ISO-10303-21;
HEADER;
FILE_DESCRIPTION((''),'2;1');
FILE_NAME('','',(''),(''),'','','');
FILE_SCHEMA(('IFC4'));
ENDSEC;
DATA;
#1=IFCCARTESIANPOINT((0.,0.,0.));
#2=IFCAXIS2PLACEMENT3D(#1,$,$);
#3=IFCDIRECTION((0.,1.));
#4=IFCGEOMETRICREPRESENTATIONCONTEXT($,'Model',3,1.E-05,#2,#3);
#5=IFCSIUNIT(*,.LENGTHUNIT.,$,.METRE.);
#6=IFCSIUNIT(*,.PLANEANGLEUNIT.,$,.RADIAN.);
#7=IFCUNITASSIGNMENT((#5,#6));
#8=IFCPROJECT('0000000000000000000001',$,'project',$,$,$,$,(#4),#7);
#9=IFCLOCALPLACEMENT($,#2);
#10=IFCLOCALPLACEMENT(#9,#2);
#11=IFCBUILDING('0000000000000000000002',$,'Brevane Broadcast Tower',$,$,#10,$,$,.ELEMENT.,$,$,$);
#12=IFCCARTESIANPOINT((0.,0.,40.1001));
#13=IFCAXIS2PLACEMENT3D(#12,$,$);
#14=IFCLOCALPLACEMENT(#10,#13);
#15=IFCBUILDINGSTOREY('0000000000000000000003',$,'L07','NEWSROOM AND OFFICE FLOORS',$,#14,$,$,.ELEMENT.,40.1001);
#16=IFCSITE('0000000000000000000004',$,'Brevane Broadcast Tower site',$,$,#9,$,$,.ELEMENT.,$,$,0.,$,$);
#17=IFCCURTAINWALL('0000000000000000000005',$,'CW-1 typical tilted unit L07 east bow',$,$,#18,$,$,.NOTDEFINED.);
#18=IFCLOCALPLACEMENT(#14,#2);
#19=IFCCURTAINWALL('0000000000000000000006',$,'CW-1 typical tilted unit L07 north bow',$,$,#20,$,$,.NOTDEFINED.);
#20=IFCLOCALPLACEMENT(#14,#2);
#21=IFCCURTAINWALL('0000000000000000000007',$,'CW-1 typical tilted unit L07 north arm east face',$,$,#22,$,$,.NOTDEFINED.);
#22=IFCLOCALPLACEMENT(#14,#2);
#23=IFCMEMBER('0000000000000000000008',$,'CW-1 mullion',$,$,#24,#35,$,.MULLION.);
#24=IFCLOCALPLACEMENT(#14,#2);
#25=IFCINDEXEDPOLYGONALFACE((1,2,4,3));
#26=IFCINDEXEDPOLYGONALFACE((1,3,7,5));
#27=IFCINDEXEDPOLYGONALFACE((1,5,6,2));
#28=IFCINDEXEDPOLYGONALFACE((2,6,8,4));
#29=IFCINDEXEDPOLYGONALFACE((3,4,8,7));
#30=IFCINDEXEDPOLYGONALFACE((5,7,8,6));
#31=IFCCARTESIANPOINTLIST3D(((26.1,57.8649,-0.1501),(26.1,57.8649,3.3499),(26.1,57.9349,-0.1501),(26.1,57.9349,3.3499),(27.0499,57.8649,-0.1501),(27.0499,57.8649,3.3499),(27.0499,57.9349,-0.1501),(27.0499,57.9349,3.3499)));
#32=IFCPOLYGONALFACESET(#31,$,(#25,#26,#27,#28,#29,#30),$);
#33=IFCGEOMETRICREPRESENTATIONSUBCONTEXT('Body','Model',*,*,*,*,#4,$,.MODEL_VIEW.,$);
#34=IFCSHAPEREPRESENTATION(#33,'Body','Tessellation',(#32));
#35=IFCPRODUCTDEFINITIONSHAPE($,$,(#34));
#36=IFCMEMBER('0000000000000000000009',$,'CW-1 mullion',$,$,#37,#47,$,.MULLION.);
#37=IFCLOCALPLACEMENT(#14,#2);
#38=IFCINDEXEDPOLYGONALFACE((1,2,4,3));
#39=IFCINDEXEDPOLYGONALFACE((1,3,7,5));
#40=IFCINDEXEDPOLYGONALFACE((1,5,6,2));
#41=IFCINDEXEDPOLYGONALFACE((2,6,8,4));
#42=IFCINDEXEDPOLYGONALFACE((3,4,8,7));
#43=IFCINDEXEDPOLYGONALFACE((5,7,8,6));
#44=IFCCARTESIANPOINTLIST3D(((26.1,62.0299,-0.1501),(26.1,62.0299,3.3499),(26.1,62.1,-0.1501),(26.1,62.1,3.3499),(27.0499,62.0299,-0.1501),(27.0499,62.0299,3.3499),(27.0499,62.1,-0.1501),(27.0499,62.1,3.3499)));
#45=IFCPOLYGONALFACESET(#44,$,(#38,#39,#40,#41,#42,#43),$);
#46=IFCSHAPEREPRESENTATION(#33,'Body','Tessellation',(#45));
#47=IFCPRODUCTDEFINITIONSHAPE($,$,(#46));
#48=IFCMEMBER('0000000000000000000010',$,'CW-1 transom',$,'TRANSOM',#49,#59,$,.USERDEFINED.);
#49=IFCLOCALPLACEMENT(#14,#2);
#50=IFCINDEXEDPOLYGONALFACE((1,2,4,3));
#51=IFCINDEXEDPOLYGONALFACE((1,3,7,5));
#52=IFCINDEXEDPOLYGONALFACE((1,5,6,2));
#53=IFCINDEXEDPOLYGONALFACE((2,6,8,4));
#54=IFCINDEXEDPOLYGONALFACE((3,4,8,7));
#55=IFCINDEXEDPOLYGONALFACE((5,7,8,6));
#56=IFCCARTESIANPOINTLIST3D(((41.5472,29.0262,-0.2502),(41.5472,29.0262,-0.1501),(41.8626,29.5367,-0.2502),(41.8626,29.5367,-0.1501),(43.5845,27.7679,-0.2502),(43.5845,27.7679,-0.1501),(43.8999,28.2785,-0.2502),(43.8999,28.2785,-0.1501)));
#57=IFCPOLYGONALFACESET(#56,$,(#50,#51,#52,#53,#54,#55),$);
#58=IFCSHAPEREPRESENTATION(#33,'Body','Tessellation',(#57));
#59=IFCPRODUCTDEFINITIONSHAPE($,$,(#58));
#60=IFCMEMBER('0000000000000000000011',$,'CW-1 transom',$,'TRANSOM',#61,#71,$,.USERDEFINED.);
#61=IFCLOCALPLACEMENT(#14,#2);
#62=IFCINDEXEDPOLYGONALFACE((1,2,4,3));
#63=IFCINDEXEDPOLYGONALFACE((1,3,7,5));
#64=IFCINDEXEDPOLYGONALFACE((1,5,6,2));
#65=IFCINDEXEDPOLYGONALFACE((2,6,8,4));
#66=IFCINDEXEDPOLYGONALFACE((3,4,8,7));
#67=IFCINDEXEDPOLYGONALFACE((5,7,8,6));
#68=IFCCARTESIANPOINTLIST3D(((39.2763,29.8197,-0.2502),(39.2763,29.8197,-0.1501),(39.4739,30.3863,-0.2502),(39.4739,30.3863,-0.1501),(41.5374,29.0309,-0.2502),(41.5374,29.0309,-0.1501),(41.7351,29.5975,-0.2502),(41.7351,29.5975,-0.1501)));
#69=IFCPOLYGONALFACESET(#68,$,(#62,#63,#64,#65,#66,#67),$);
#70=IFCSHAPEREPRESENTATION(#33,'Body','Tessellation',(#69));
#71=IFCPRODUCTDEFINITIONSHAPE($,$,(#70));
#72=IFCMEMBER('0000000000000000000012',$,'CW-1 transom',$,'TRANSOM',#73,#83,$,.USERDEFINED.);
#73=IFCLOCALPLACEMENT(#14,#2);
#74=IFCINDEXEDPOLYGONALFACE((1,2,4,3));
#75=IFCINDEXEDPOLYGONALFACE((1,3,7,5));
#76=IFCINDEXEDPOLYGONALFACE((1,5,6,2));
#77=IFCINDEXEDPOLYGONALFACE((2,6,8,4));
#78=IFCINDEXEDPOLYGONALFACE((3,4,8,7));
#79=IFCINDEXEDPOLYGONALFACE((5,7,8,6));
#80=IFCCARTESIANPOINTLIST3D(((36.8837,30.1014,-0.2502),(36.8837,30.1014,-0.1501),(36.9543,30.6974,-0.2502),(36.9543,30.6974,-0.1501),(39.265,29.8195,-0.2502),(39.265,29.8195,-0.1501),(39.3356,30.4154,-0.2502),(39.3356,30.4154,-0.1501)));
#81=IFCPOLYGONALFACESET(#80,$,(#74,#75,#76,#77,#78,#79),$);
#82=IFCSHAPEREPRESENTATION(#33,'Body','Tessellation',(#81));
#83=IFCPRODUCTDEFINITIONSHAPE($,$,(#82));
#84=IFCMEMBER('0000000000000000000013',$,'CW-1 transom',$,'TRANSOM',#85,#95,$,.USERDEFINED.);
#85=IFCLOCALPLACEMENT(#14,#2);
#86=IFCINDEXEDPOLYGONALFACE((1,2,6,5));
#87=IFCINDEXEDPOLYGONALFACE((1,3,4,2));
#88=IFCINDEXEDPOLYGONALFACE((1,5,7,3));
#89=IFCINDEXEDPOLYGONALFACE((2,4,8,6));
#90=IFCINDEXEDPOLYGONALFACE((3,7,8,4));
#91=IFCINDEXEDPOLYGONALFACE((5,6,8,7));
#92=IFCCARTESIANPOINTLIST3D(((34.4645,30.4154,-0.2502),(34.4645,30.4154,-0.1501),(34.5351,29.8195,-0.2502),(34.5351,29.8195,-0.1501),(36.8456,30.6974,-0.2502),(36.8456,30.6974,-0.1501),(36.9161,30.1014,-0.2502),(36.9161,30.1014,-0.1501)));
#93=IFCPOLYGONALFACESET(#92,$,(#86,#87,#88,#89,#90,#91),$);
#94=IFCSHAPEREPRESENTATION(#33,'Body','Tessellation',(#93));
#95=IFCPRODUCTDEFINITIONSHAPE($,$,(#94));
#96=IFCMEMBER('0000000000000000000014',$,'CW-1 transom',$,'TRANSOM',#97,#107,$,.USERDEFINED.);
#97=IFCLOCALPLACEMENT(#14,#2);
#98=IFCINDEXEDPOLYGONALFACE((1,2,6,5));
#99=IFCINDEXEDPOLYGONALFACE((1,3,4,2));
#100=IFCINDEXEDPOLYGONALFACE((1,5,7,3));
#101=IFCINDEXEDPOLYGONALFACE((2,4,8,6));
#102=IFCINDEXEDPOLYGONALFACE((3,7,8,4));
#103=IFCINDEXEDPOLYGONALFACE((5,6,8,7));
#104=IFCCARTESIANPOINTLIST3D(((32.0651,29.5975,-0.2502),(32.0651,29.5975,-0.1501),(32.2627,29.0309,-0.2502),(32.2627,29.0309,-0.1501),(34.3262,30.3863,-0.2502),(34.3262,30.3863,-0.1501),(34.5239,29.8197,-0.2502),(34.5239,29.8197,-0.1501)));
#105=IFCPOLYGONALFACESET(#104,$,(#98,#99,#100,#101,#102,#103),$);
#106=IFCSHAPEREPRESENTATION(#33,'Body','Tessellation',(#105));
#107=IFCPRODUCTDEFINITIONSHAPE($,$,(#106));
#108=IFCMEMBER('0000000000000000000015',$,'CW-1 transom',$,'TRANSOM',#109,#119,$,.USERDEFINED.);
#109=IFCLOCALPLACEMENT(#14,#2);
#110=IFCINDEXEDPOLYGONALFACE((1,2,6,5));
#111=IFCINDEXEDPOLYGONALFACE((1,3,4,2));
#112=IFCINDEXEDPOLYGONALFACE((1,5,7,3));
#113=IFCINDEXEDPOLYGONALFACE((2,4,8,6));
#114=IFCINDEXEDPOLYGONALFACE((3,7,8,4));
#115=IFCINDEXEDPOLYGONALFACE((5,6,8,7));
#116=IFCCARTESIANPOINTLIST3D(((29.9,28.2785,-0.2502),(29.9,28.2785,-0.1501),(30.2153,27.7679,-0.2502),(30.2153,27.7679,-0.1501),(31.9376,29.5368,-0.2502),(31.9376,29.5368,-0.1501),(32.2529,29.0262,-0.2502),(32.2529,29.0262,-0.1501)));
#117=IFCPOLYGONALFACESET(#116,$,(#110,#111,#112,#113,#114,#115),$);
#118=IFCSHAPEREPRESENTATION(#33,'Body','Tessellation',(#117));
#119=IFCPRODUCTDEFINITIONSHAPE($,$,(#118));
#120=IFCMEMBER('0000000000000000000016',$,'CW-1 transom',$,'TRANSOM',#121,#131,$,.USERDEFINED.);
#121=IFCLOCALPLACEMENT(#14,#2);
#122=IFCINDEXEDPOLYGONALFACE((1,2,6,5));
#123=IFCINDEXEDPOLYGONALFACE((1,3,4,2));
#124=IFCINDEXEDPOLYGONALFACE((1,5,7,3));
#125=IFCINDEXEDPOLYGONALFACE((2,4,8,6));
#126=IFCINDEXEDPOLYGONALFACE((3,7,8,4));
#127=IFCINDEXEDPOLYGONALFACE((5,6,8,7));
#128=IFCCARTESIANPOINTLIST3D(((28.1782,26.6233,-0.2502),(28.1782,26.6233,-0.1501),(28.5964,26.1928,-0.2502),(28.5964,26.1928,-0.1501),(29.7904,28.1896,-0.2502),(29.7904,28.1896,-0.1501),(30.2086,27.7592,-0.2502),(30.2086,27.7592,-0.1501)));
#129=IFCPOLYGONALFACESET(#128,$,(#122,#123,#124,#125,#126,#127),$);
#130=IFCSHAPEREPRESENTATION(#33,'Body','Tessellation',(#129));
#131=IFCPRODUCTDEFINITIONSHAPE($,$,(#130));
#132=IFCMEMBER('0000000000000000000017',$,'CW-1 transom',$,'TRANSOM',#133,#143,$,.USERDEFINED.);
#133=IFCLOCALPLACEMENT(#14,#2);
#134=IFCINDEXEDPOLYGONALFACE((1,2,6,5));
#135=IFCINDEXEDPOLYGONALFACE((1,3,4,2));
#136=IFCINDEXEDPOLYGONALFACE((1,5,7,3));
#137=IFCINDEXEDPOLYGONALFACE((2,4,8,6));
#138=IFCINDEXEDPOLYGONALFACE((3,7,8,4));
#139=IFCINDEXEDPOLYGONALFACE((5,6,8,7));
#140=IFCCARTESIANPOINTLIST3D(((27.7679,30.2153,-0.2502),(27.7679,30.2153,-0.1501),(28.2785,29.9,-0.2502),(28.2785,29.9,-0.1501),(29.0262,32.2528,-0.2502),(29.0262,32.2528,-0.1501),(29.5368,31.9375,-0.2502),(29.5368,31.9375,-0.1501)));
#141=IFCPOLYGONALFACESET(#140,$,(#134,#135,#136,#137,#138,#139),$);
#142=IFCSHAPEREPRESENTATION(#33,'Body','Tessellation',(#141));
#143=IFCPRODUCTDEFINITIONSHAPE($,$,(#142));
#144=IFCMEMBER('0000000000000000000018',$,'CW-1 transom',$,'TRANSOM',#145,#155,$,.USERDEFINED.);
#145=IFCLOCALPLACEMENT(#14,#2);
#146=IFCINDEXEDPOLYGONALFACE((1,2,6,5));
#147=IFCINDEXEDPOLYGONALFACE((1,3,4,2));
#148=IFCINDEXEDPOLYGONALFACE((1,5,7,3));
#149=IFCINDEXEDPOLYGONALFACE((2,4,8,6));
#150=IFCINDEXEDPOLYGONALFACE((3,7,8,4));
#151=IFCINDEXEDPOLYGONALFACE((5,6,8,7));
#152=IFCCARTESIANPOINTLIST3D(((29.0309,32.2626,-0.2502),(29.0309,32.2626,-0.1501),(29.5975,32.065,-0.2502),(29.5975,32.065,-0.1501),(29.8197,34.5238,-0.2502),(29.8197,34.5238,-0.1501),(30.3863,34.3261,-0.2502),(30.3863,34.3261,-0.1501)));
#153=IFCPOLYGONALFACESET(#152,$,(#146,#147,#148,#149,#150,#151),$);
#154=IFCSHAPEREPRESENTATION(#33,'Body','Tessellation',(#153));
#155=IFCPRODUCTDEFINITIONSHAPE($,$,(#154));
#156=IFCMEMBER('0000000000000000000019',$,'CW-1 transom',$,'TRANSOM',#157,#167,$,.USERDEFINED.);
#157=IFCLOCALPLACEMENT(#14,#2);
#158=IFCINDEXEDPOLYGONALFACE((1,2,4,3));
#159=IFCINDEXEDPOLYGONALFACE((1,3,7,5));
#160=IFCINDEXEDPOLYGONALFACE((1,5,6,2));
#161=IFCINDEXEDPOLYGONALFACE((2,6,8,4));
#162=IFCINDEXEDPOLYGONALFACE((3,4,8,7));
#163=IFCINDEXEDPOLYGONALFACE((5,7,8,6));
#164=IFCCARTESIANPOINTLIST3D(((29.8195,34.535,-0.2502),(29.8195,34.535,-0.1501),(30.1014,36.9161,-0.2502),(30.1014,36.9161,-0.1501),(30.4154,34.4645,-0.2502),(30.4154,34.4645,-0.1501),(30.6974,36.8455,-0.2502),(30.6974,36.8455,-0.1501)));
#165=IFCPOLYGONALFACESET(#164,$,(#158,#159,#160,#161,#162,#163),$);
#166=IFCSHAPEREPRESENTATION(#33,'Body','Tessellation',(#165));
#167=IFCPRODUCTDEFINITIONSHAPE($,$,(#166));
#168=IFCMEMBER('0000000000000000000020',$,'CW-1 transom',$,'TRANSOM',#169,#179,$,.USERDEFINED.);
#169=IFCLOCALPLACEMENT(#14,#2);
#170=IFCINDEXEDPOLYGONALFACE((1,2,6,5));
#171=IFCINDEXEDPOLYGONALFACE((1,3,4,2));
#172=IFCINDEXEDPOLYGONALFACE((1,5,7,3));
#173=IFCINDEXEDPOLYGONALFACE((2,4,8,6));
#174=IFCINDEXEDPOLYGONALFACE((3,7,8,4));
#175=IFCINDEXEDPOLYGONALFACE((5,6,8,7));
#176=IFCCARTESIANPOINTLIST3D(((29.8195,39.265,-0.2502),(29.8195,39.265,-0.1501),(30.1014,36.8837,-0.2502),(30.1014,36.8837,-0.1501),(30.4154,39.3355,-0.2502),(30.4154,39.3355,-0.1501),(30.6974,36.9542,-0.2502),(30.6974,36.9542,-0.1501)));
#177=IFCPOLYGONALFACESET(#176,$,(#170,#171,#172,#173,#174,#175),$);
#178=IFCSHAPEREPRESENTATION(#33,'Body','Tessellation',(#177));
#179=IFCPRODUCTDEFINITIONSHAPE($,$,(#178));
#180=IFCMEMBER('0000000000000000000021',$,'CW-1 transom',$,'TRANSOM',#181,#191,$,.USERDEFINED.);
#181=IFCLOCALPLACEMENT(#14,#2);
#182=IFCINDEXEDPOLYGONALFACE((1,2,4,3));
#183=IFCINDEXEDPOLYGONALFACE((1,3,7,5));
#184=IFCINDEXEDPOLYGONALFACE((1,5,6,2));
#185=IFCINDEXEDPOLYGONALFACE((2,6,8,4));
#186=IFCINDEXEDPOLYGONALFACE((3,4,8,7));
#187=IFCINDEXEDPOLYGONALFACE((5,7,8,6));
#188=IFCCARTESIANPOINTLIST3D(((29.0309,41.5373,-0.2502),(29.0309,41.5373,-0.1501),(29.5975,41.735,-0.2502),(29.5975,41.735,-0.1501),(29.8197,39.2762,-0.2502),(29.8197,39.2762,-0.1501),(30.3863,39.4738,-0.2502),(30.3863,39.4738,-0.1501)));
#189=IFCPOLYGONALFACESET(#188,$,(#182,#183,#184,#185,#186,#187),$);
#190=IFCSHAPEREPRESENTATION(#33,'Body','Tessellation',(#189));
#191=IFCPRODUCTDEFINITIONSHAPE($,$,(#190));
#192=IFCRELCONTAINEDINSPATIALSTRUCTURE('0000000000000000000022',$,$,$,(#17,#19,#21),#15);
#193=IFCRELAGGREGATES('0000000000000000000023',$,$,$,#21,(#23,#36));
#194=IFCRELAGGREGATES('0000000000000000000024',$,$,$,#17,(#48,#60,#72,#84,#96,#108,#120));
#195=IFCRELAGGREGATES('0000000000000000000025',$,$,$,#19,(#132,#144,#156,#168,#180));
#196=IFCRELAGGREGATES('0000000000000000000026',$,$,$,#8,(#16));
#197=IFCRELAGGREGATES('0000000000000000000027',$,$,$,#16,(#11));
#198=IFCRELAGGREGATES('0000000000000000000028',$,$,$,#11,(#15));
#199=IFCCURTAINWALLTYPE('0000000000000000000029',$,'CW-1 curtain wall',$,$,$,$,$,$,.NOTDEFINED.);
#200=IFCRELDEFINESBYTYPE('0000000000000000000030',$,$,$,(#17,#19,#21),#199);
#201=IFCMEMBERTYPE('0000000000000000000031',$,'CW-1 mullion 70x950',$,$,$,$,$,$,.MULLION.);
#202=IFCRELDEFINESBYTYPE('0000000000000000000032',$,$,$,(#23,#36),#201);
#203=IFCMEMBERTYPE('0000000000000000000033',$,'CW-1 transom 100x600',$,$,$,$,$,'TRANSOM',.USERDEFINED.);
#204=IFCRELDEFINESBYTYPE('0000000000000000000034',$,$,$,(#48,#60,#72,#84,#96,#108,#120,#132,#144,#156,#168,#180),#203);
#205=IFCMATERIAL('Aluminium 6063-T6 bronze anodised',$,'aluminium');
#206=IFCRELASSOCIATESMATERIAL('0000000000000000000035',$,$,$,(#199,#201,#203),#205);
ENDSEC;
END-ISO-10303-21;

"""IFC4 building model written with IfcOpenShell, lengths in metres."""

from ifc_helpers import new_model, si_unit, direction, frame, origin, origin_2d, place, context, subcontext, project, spatial, rectangle, extrude, material, material_profile, profile_set, type_object, element, aggregate, save


model = new_model("IFC4")

# Units and contexts
model_context = context("Model", 3, precision=1e-05, world=origin(), true_north=direction((0.0, 1.0)))
body_context = subcontext(model_context, "Body", "Model", "MODEL_VIEW")
ifc_project = project(units=[si_unit("LENGTHUNIT", "METRE"), si_unit("PLANEANGLEUNIT", "RADIAN")], contexts=[model_context])

# Site, building, storey
site_placement = place(None, origin())
site = spatial("IfcSite", under=ifc_project, at=site_placement, Name="Brevane Broadcast Tower site", CompositionType="ELEMENT", RefElevation=0.0)
building_placement = place(site_placement, origin())
building = spatial("IfcBuilding", under=site, at=building_placement, Name="Brevane Broadcast Tower", CompositionType="ELEMENT")
storey_placement = place(building_placement, frame((0.0, 0.0, 40.1001)))
storey = spatial("IfcBuildingStorey", under=building, at=storey_placement, Name="L07", Description="NEWSROOM AND OFFICE FLOORS", CompositionType="ELEMENT", Elevation=40.1001)

# Curtain walls, members
ifc_material_1 = material(Name="Aluminium 6063-T6 bronze anodised", Category="aluminium")
curtain_wall_type = type_object("IfcCurtainWallType", Name="CW-1 curtain wall", PredefinedType="NOTDEFINED", material=ifc_material_1)
curtain_wall_1_placement = place(storey_placement, origin())
curtain_wall_1 = element("IfcCurtainWall", 1, at=curtain_wall_1_placement, inside=storey, type_object=curtain_wall_type, Name="CW-1 typical tilted unit L07 east bow", PredefinedType="NOTDEFINED")
ifc_material_profile_1 = material_profile(ifc_material_1, rectangle(XDim=0.95, YDim=0.0701, at=origin_2d()), Name="RECT 70x950")
ifc_profile_set_1 = profile_set([ifc_material_profile_1], Name="Aluminium 6063-T6 bronze anodised")
member_type_1 = type_object("IfcMemberType", Name="CW-1 mullion 70x950", PredefinedType="MULLION", material=ifc_profile_set_1)
curtain_wall_2_placement = place(storey_placement, origin())
curtain_wall_2 = element("IfcCurtainWall", 2, at=curtain_wall_2_placement, inside=storey, type_object=curtain_wall_type, Name="CW-1 typical tilted unit L07 north bow", PredefinedType="NOTDEFINED")
curtain_wall_3_placement = place(storey_placement, origin())
curtain_wall_3 = element("IfcCurtainWall", 3, at=curtain_wall_3_placement, inside=storey, type_object=curtain_wall_type, Name="CW-1 typical tilted unit L07 north arm east face", PredefinedType="NOTDEFINED")
member_1_placement = place(storey_placement, frame((26.575, 57.8999, -0.1501), z_axis=(0.0, 0.0, 1.0), x_axis=(-1.0, 0.0, 0.0)))
member_1 = element("IfcMember", 4, at=member_1_placement, type_object=member_type_1, Name="CW-1 mullion", PredefinedType="MULLION", context=body_context, shape_type="SweptSolid", body=[
    extrude(rectangle(XDim=0.95, YDim=0.0701, at=origin_2d()), origin(), (0.0, 0.0, 1.0), 3.5),
])
member_2_placement = place(storey_placement, frame((26.575, 62.0649, -0.1501), z_axis=(0.0, 0.0, 1.0), x_axis=(-1.0, 0.0, 0.0)))
member_2 = element("IfcMember", 5, at=member_2_placement, type_object=member_type_1, Name="CW-1 mullion", PredefinedType="MULLION", context=body_context, shape_type="SweptSolid", body=[
    extrude(rectangle(XDim=0.95, YDim=0.0701, at=origin_2d()), origin(), (0.0, 0.0, 1.0), 3.5),
])
aggregate(curtain_wall_3, [member_1, member_2])

# Members
ifc_material_profile_2 = material_profile(ifc_material_1, rectangle(XDim=0.6001, YDim=0.1001, at=origin_2d()), Name="RECT 100x600")
ifc_profile_set_2 = profile_set([ifc_material_profile_2], Name="Aluminium 6063-T6 bronze anodised")
member_type_2 = type_object("IfcMemberType", Name="CW-1 transom 100x600", ElementType="TRANSOM", PredefinedType="USERDEFINED", material=ifc_profile_set_2)
member_3_placement = place(storey_placement, frame((43.7422, 28.0232, -0.2002), z_axis=(-0.85081, 0.525473, 0.0), x_axis=(-0.525473, -0.85081, 0.0)))
member_3 = element("IfcMember", 6, at=member_3_placement, type_object=member_type_2, Name="CW-1 transom", ObjectType="TRANSOM", PredefinedType="USERDEFINED", context=body_context, shape_type="SweptSolid", body=[
    extrude(rectangle(XDim=0.6001, YDim=0.1001, at=origin_2d()), origin(), (0.0, 0.0, 1.0), 2.3945),
])
member_4_placement = place(storey_placement, frame((41.6362, 29.3142, -0.2002), z_axis=(-0.944198, 0.329378, 0.0), x_axis=(-0.329378, -0.944198, 0.0)))
member_4 = element("IfcMember", 7, at=member_4_placement, type_object=member_type_2, Name="CW-1 transom", ObjectType="TRANSOM", PredefinedType="USERDEFINED", context=body_context, shape_type="SweptSolid", body=[
    extrude(rectangle(XDim=0.6001, YDim=0.1001, at=origin_2d()), origin(), (0.0, 0.0, 1.0), 2.3948),
])
member_5_placement = place(storey_placement, frame((39.3003, 30.1174, -0.2002), z_axis=(-0.993062, 0.117591, 0.0), x_axis=(-0.117591, -0.993062, 0.0)))
member_5 = element("IfcMember", 8, at=member_5_placement, type_object=member_type_2, Name="CW-1 transom", ObjectType="TRANSOM", PredefinedType="USERDEFINED", context=body_context, shape_type="SweptSolid", body=[
    extrude(rectangle(XDim=0.6001, YDim=0.1001, at=origin_2d()), origin(), (0.0, 0.0, 1.0), 2.3979),
])
member_6_placement = place(storey_placement, frame((36.8809, 30.3994, -0.2002), z_axis=(-0.993061, -0.117603, 0.0), x_axis=(0.117603, -0.993061, 0.0)))
member_6 = element("IfcMember", 9, at=member_6_placement, type_object=member_type_2, Name="CW-1 transom", ObjectType="TRANSOM", PredefinedType="USERDEFINED", context=body_context, shape_type="SweptSolid", body=[
    extrude(rectangle(XDim=0.6001, YDim=0.1001, at=origin_2d()), origin(), (0.0, 0.0, 1.0), 2.3977),
])
member_7_placement = place(storey_placement, frame((34.425, 30.103, -0.2002), z_axis=(-0.944198, -0.329378, 0.0), x_axis=(0.329378, -0.944198, 0.0)))
member_7 = element("IfcMember", 10, at=member_7_placement, type_object=member_type_2, Name="CW-1 transom", ObjectType="TRANSOM", PredefinedType="USERDEFINED", context=body_context, shape_type="SweptSolid", body=[
    extrude(rectangle(XDim=0.6001, YDim=0.1001, at=origin_2d()), origin(), (0.0, 0.0, 1.0), 2.3948),
])
member_8_placement = place(storey_placement, frame((32.0952, 29.2815, -0.2002), z_axis=(-0.850838, -0.525428, 0.0), x_axis=(0.525428, -0.850838, 0.0)))
member_8 = element("IfcMember", 11, at=member_8_placement, type_object=member_type_2, Name="CW-1 transom", ObjectType="TRANSOM", PredefinedType="USERDEFINED", context=body_context, shape_type="SweptSolid", body=[
    extrude(rectangle(XDim=0.6001, YDim=0.1001, at=origin_2d()), origin(), (0.0, 0.0, 1.0), 2.3948),
])
member_9_placement = place(storey_placement, frame((29.9995, 27.9744, -0.2002), z_axis=(-0.717242, -0.696824, 0.0), x_axis=(0.696824, -0.717242, 0.0)))
member_9 = element("IfcMember", 12, at=member_9_placement, type_object=member_type_2, Name="CW-1 transom", ObjectType="TRANSOM", PredefinedType="USERDEFINED", context=body_context, shape_type="SweptSolid", body=[
    extrude(rectangle(XDim=0.6001, YDim=0.1001, at=origin_2d()), origin(), (0.0, 0.0, 1.0), 2.2478),
])
aggregate(curtain_wall_1, [member_3, member_4, member_5, member_6, member_7, member_8, member_9])
member_10_placement = place(storey_placement, frame((28.0232, 30.0576, -0.2002), z_axis=(0.525428, 0.850838, 0.0), x_axis=(-0.850838, 0.525428, 0.0)))
member_10 = element("IfcMember", 13, at=member_10_placement, type_object=member_type_2, Name="CW-1 transom", ObjectType="TRANSOM", PredefinedType="USERDEFINED", context=body_context, shape_type="SweptSolid", body=[
    extrude(rectangle(XDim=0.6001, YDim=0.1001, at=origin_2d()), origin(), (0.0, 0.0, 1.0), 2.3948),
])
member_11_placement = place(storey_placement, frame((29.3142, 32.1638, -0.2002), z_axis=(0.329378, 0.944198, 0.0), x_axis=(-0.944198, 0.329378, 0.0)))
member_11 = element("IfcMember", 14, at=member_11_placement, type_object=member_type_2, Name="CW-1 transom", ObjectType="TRANSOM", PredefinedType="USERDEFINED", context=body_context, shape_type="SweptSolid", body=[
    extrude(rectangle(XDim=0.6001, YDim=0.1001, at=origin_2d()), origin(), (0.0, 0.0, 1.0), 2.3948),
])
member_12_placement = place(storey_placement, frame((30.1174, 34.4998, -0.2002), z_axis=(0.117603, 0.993061, 0.0), x_axis=(-0.993061, 0.117603, 0.0)))
member_12 = element("IfcMember", 15, at=member_12_placement, type_object=member_type_2, Name="CW-1 transom", ObjectType="TRANSOM", PredefinedType="USERDEFINED", context=body_context, shape_type="SweptSolid", body=[
    extrude(rectangle(XDim=0.6001, YDim=0.1001, at=origin_2d()), origin(), (0.0, 0.0, 1.0), 2.3977),
])
member_13_placement = place(storey_placement, frame((30.3994, 36.9189, -0.2002), z_axis=(-0.117591, 0.993062, 0.0), x_axis=(-0.993062, -0.117591, 0.0)))
member_13 = element("IfcMember", 16, at=member_13_placement, type_object=member_type_2, Name="CW-1 transom", ObjectType="TRANSOM", PredefinedType="USERDEFINED", context=body_context, shape_type="SweptSolid", body=[
    extrude(rectangle(XDim=0.6001, YDim=0.1001, at=origin_2d()), origin(), (0.0, 0.0, 1.0), 2.3979),
])
member_14_placement = place(storey_placement, frame((30.103, 39.375, -0.2002), z_axis=(-0.329378, 0.944198, 0.0), x_axis=(-0.944198, -0.329378, 0.0)))
member_14 = element("IfcMember", 17, at=member_14_placement, type_object=member_type_2, Name="CW-1 transom", ObjectType="TRANSOM", PredefinedType="USERDEFINED", context=body_context, shape_type="SweptSolid", body=[
    extrude(rectangle(XDim=0.6001, YDim=0.1001, at=origin_2d()), origin(), (0.0, 0.0, 1.0), 2.3948),
])
aggregate(curtain_wall_2, [member_10, member_11, member_12, member_13, member_14])

save(model, "model.ifc")
